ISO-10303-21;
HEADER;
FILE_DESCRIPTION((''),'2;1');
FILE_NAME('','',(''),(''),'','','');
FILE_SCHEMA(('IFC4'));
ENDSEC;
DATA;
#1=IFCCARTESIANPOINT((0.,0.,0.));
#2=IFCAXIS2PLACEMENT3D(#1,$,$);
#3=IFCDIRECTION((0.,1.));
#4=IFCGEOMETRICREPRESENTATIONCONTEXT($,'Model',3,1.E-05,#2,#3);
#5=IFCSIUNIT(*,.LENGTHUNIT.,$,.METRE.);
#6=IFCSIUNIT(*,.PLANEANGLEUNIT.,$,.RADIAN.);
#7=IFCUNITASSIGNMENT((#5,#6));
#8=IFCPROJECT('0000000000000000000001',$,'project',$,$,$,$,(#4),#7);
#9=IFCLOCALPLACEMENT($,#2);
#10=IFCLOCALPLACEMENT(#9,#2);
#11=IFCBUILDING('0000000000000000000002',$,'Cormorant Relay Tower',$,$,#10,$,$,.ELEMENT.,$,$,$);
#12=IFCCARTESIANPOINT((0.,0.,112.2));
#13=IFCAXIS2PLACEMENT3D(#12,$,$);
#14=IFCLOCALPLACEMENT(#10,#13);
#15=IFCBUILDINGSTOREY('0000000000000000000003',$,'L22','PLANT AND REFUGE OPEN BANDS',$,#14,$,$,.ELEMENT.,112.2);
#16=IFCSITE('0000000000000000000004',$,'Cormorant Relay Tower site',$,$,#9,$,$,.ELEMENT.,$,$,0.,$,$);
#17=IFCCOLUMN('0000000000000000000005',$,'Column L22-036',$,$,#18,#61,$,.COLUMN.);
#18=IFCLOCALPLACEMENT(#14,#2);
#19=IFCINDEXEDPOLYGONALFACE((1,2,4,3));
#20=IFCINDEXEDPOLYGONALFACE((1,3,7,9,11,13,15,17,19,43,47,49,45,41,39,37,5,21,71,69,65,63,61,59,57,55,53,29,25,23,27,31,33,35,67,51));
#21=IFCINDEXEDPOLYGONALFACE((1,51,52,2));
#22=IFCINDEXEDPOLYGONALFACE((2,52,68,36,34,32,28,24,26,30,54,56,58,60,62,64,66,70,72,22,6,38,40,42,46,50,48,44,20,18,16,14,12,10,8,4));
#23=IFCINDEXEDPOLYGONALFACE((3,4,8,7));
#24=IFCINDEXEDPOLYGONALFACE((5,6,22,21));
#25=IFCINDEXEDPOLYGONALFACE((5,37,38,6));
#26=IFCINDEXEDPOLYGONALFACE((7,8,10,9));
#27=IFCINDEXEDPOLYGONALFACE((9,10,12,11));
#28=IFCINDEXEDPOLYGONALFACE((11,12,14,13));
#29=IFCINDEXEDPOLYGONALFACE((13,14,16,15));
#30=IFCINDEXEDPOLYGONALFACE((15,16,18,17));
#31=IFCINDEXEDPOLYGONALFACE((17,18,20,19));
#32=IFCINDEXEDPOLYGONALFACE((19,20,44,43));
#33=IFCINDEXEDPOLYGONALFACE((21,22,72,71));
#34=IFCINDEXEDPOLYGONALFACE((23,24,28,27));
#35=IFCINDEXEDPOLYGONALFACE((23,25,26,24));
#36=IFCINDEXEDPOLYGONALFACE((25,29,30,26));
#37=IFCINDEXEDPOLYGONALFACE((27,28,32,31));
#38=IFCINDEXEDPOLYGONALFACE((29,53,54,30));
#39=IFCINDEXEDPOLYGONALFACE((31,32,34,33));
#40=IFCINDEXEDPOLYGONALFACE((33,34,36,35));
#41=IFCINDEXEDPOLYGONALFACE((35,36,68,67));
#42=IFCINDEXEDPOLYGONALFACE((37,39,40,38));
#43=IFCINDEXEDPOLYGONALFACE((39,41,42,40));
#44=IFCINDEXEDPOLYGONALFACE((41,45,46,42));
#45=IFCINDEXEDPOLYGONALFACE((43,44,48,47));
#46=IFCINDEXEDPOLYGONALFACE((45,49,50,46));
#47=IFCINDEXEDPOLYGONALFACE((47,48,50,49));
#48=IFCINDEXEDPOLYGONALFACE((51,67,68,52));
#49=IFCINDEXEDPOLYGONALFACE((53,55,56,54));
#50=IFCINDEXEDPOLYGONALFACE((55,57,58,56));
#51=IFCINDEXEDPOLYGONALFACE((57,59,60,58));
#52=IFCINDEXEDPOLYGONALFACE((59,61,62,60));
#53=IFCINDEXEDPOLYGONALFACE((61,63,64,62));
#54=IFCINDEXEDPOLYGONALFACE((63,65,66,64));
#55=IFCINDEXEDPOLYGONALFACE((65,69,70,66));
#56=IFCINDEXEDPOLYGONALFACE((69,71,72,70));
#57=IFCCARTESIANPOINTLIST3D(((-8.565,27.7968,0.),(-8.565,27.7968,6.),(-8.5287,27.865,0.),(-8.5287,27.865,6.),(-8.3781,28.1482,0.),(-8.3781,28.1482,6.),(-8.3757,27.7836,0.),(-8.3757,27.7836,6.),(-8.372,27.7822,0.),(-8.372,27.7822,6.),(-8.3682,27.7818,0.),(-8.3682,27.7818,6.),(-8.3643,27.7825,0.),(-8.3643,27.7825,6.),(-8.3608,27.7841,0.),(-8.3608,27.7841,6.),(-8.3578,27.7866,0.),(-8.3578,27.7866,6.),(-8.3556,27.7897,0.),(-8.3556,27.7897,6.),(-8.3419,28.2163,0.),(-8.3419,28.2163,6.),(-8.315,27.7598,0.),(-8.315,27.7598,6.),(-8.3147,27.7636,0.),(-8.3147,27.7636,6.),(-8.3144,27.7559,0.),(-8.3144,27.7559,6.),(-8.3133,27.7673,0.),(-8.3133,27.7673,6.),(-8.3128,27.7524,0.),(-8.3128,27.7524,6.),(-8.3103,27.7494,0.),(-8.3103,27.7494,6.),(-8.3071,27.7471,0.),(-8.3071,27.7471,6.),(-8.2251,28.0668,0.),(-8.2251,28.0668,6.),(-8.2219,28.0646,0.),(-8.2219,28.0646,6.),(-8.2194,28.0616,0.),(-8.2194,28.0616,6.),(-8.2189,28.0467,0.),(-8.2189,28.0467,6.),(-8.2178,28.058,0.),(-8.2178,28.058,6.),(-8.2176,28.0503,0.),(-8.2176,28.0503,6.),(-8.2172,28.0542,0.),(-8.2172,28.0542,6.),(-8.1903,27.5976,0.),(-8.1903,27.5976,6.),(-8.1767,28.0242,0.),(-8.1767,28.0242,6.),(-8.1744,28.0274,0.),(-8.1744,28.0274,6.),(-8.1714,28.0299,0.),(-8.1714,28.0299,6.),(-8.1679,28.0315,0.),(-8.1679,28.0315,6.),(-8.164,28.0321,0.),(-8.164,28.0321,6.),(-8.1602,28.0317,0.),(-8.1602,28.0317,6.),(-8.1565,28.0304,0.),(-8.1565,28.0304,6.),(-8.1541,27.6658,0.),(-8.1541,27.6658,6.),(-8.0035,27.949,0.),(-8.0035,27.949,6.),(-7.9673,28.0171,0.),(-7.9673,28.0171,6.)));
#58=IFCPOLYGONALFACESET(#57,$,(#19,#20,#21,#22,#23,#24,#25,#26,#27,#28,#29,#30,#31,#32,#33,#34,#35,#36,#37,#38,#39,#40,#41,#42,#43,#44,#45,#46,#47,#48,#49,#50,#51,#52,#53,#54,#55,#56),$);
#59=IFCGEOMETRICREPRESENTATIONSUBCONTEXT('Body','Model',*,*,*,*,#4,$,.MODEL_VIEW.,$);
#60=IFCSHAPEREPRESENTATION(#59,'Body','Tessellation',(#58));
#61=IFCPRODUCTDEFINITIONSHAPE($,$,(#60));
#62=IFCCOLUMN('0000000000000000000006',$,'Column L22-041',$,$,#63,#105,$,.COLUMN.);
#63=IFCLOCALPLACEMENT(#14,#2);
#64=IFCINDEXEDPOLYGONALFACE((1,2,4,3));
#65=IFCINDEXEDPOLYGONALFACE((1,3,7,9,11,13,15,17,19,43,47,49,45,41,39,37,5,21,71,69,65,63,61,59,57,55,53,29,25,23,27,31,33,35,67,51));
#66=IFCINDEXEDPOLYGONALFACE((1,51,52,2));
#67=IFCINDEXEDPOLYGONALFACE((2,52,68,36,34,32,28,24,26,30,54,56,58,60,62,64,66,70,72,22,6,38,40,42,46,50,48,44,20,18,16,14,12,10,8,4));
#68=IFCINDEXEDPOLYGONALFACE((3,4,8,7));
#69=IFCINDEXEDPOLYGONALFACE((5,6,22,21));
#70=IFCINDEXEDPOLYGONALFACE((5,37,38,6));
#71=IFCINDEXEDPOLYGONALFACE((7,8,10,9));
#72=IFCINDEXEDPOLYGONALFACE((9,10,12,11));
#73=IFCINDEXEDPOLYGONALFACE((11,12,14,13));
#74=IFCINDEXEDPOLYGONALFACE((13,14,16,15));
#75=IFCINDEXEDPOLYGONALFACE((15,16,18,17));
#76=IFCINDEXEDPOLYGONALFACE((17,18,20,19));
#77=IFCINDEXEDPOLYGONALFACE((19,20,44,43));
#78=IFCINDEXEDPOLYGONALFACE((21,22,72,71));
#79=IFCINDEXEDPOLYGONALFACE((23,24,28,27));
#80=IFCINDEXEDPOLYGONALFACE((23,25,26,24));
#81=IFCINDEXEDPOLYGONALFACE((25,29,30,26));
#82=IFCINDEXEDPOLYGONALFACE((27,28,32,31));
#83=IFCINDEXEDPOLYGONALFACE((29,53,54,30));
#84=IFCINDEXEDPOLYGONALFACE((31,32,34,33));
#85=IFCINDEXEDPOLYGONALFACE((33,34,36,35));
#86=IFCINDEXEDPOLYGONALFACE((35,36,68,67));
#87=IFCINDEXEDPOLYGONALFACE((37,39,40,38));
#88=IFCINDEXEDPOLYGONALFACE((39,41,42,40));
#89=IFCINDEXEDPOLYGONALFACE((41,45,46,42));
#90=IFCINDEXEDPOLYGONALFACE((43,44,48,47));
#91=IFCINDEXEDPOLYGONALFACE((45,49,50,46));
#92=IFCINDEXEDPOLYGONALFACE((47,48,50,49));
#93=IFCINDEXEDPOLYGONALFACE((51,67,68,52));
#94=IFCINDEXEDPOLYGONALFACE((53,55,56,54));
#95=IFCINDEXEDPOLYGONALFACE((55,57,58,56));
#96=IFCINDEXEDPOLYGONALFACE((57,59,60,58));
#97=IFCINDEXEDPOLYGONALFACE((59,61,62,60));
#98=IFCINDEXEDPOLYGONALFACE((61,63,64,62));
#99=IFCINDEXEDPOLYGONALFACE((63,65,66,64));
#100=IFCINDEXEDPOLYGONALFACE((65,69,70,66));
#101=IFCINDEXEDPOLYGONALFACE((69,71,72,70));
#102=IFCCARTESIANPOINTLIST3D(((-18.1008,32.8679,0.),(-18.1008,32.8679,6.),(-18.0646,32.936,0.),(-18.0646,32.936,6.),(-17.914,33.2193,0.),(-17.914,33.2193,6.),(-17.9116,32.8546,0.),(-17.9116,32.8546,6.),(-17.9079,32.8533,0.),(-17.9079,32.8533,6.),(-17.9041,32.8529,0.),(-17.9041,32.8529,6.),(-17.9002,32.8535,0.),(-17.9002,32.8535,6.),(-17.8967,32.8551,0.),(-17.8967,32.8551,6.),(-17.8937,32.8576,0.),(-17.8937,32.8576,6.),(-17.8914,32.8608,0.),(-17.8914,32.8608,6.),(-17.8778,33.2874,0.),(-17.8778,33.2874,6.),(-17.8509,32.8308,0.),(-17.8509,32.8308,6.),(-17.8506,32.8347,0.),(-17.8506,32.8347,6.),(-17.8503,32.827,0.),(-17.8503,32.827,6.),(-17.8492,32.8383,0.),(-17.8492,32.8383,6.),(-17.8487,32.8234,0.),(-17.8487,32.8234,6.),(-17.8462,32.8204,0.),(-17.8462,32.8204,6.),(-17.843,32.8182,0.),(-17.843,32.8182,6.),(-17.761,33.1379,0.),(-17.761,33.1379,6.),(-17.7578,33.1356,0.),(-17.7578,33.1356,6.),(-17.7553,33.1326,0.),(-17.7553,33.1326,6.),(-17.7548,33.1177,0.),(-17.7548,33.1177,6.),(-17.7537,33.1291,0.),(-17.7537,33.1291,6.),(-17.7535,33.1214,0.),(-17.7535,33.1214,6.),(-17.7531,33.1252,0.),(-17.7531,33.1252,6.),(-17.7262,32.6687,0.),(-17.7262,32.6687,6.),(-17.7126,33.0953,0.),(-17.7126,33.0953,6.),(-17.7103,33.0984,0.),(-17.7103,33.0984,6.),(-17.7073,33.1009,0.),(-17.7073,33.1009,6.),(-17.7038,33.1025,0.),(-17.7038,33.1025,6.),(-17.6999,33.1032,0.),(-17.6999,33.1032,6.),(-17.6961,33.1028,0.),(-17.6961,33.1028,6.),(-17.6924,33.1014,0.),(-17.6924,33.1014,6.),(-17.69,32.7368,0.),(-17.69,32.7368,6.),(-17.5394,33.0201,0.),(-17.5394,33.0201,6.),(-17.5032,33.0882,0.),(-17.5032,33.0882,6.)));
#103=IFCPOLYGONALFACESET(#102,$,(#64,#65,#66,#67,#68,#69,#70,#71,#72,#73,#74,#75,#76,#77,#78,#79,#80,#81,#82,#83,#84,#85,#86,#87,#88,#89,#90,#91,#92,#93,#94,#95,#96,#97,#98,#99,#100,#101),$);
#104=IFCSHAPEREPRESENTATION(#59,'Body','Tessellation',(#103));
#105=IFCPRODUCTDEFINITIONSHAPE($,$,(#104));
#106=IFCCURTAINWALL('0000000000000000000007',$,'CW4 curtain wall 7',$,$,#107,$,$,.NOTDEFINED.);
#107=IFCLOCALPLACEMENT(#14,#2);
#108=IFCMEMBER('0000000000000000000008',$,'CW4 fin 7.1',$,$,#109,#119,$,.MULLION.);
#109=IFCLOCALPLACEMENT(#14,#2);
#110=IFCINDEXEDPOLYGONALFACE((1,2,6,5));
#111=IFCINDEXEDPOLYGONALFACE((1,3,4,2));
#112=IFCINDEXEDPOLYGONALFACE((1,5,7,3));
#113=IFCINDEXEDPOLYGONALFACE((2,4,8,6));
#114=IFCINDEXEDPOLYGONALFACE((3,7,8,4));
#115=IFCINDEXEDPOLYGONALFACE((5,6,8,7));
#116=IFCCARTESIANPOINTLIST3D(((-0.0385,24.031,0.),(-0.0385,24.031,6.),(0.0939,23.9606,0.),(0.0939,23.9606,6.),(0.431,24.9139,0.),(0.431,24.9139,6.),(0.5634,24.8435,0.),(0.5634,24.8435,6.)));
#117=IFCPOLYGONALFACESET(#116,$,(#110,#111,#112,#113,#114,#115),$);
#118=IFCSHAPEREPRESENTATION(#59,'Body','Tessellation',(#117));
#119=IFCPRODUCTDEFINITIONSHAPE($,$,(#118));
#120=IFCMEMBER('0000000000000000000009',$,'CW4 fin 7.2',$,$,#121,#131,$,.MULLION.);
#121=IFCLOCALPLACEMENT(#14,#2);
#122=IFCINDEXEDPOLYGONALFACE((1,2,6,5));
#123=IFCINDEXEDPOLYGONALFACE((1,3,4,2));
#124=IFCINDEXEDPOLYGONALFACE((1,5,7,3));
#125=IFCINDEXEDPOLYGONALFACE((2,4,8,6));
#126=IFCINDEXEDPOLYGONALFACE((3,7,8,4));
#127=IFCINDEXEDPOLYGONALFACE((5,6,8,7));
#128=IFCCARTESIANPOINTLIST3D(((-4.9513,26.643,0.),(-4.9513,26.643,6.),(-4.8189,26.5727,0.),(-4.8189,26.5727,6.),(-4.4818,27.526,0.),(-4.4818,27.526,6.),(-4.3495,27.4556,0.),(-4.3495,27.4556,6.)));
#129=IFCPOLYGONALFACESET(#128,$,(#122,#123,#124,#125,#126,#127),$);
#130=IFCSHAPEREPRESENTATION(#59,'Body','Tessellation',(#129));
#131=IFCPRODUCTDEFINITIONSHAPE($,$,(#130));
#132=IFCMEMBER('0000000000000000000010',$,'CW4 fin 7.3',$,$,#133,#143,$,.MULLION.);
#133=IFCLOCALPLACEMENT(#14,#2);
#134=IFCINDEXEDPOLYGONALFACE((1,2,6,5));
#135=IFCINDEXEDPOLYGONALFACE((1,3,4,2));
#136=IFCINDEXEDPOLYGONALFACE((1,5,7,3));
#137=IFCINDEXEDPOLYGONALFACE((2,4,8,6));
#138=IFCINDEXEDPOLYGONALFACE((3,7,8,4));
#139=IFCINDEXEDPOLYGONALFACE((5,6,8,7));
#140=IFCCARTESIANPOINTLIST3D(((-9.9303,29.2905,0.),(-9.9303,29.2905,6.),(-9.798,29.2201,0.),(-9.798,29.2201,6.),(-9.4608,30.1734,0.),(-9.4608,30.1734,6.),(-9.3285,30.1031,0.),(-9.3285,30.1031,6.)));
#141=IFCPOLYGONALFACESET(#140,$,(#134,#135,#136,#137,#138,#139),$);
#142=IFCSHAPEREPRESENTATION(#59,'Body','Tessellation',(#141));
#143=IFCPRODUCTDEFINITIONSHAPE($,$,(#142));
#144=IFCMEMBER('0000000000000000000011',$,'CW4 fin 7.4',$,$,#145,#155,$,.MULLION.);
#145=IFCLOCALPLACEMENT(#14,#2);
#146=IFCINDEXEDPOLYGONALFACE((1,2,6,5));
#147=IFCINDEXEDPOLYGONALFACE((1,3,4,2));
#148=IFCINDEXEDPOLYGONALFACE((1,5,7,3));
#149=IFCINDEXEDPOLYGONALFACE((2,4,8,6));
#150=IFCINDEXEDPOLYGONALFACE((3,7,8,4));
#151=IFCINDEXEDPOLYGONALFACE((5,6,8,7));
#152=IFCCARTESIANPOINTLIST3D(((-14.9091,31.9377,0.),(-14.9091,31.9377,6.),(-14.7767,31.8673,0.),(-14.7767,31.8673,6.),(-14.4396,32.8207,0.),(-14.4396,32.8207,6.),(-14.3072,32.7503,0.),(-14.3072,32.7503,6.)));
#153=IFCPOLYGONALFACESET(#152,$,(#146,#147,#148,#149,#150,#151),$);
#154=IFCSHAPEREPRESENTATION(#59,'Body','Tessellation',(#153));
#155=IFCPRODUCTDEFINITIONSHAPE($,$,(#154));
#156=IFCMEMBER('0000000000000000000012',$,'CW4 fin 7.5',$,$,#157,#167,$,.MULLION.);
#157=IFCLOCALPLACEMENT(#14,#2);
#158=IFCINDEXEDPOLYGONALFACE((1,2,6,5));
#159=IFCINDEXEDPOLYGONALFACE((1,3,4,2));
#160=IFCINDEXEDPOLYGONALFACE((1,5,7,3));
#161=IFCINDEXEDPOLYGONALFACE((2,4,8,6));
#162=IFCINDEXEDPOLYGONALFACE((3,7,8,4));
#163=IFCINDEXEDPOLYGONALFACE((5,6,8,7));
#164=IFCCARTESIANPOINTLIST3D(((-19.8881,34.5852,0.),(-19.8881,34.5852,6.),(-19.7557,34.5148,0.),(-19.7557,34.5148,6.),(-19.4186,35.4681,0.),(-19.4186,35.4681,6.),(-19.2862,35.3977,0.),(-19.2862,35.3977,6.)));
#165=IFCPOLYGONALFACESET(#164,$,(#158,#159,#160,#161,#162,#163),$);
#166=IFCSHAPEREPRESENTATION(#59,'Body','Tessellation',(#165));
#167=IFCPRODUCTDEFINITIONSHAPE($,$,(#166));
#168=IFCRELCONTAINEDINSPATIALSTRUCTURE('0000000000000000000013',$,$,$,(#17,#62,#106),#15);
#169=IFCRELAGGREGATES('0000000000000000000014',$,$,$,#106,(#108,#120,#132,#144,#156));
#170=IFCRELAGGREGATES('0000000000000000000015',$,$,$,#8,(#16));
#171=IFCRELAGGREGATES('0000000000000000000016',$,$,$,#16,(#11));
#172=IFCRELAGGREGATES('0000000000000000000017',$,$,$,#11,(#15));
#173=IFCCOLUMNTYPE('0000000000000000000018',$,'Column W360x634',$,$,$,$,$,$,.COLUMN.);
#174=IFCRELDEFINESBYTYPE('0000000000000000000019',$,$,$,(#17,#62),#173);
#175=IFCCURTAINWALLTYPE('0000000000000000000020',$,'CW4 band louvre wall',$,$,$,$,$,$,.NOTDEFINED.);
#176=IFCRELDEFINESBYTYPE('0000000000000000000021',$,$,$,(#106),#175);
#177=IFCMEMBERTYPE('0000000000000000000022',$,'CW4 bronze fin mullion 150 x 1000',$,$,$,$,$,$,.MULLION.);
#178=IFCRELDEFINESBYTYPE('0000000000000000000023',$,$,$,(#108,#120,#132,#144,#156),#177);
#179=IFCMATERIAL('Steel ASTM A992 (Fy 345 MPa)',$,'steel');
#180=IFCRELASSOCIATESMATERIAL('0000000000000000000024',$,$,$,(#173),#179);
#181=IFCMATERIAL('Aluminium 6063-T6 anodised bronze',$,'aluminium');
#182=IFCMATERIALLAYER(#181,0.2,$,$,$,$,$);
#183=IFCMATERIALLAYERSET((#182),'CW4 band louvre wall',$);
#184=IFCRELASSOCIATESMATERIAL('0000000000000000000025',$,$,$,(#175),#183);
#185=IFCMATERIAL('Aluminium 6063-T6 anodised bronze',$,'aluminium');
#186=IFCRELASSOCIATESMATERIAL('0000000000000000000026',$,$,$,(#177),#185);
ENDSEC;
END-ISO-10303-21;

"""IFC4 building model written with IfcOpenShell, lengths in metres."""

from ifc_helpers import new_model, si_unit, direction, frame, origin, origin_2d, place, context, subcontext, project, spatial, rectangle, i_section, extrude, material, layer, layer_set, material_profile, profile_set, type_object, element, aggregate, save


model = new_model("IFC4")

# Units and contexts
model_context = context("Model", 3, precision=1e-05, world=origin(), true_north=direction((0.0, 1.0)))
body_context = subcontext(model_context, "Body", "Model", "MODEL_VIEW")
ifc_project = project(units=[si_unit("LENGTHUNIT", "METRE"), si_unit("PLANEANGLEUNIT", "RADIAN")], contexts=[model_context])

# Site, building, storey
site_placement = place(None, origin())
site = spatial("IfcSite", under=ifc_project, at=site_placement, Name="Cormorant Relay Tower site", CompositionType="ELEMENT", RefElevation=0.0)
building_placement = place(site_placement, origin())
building = spatial("IfcBuilding", under=site, at=building_placement, Name="Cormorant Relay Tower", CompositionType="ELEMENT")
storey_placement = place(building_placement, frame((0.0, 0.0, 112.2)))
storey = spatial("IfcBuildingStorey", under=building, at=storey_placement, Name="L22", Description="PLANT AND REFUGE OPEN BANDS", CompositionType="ELEMENT", Elevation=112.2)

# Columns
ifc_material_1 = material(Name="Steel ASTM A992 (Fy 345 MPa)", Category="steel")
ifc_material_profile_1 = material_profile(ifc_material_1, i_section(OverallWidth=0.4243, OverallDepth=0.4751, WebThickness=0.0479, FlangeThickness=0.0771, FilletRadius=0.0149, at=origin_2d()), Name="W360x634")
ifc_profile_set_1 = profile_set([ifc_material_profile_1], Name="Steel ASTM A992 (Fy 345 MPa)")
column_type = type_object("IfcColumnType", Name="Column W360x634", PredefinedType="COLUMN", material=ifc_profile_set_1)
for number, where, z_axis, x_axis, name in (
    (1, (-8.2661, 27.907, 0.0), (0.0, 0.0, 1.0), (-0.882948, 0.469472, 0.0), "Column L22-036"),
    (2, (-17.802, 32.978, 0.0), (0.0, 0.0, 1.0), (-0.882948, 0.469472, 0.0), "Column L22-041"),
):
    element("IfcColumn", number, at=place(storey_placement, frame(where, z_axis=z_axis, x_axis=x_axis)), inside=storey, type_object=column_type, Name=name, PredefinedType="COLUMN", context=body_context, shape_type="SweptSolid", body=[
        extrude(i_section(OverallWidth=0.4243, OverallDepth=0.4751, WebThickness=0.0479, FlangeThickness=0.0771, FilletRadius=0.0149, at=origin_2d()), origin(), (0.0, 0.0, 1.0), 6.0),
    ])

# Curtain wall, members
ifc_material_2 = material(Name="Aluminium 6063-T6 anodised bronze", Category="aluminium")
ifc_layer_1 = layer(ifc_material_2, 0.2)
ifc_layer_set_1 = layer_set([ifc_layer_1], Name="CW4 band louvre wall")
curtain_wall_type = type_object("IfcCurtainWallType", Name="CW4 band louvre wall", PredefinedType="NOTDEFINED", material=ifc_layer_set_1)
curtain_wall_placement = place(storey_placement, origin())
curtain_wall = element("IfcCurtainWall", 3, at=curtain_wall_placement, inside=storey, type_object=curtain_wall_type, Name="CW4 curtain wall 7", PredefinedType="NOTDEFINED")
ifc_material_3 = material(Name="Aluminium 6063-T6 anodised bronze", Category="aluminium")
ifc_material_profile_2 = material_profile(ifc_material_3, rectangle(XDim=0.1499, YDim=1.0, at=origin_2d()), Name="AL 150x1000")
ifc_profile_set_2 = profile_set([ifc_material_profile_2], Name="Aluminium 6063-T6 anodised bronze")
member_type = type_object("IfcMemberType", Name="CW4 bronze fin mullion 150 x 1000", PredefinedType="MULLION", material=ifc_profile_set_2)
member_1_placement = place(storey_placement, frame((0.2625, 24.4373, 0.0), z_axis=(0.0, 0.0, 1.0), x_axis=(-0.882948, 0.469472, 0.0)))
member_1 = element("IfcMember", 4, at=member_1_placement, type_object=member_type, Name="CW4 fin 7.1", PredefinedType="MULLION", context=body_context, shape_type="SweptSolid", body=[
    extrude(rectangle(XDim=0.1499, YDim=1.0, at=origin_2d()), origin(), (0.0, 0.0, 1.0), 6.0),
])
member_2_placement = place(storey_placement, frame((-4.6504, 27.0493, 0.0), z_axis=(0.0, 0.0, 1.0), x_axis=(-0.882948, 0.469472, 0.0)))
member_2 = element("IfcMember", 5, at=member_2_placement, type_object=member_type, Name="CW4 fin 7.2", PredefinedType="MULLION", context=body_context, shape_type="SweptSolid", body=[
    extrude(rectangle(XDim=0.1499, YDim=1.0, at=origin_2d()), origin(), (0.0, 0.0, 1.0), 6.0),
])
member_3_placement = place(storey_placement, frame((-9.6294, 29.6968, 0.0), z_axis=(0.0, 0.0, 1.0), x_axis=(-0.882948, 0.469472, 0.0)))
member_3 = element("IfcMember", 6, at=member_3_placement, type_object=member_type, Name="CW4 fin 7.3", PredefinedType="MULLION", context=body_context, shape_type="SweptSolid", body=[
    extrude(rectangle(XDim=0.1499, YDim=1.0, at=origin_2d()), origin(), (0.0, 0.0, 1.0), 6.0),
])
member_4_placement = place(storey_placement, frame((-14.6082, 32.344, 0.0), z_axis=(0.0, 0.0, 1.0), x_axis=(-0.882948, 0.469472, 0.0)))
member_4 = element("IfcMember", 7, at=member_4_placement, type_object=member_type, Name="CW4 fin 7.4", PredefinedType="MULLION", context=body_context, shape_type="SweptSolid", body=[
    extrude(rectangle(XDim=0.1499, YDim=1.0, at=origin_2d()), origin(), (0.0, 0.0, 1.0), 6.0),
])
member_5_placement = place(storey_placement, frame((-19.5872, 34.9915, 0.0), z_axis=(0.0, 0.0, 1.0), x_axis=(-0.882948, 0.469472, 0.0)))
member_5 = element("IfcMember", 8, at=member_5_placement, type_object=member_type, Name="CW4 fin 7.5", PredefinedType="MULLION", context=body_context, shape_type="SweptSolid", body=[
    extrude(rectangle(XDim=0.1499, YDim=1.0, at=origin_2d()), origin(), (0.0, 0.0, 1.0), 6.0),
])

aggregate(curtain_wall, [member_1, member_2, member_3, member_4, member_5])

save(model, "model.ifc")
